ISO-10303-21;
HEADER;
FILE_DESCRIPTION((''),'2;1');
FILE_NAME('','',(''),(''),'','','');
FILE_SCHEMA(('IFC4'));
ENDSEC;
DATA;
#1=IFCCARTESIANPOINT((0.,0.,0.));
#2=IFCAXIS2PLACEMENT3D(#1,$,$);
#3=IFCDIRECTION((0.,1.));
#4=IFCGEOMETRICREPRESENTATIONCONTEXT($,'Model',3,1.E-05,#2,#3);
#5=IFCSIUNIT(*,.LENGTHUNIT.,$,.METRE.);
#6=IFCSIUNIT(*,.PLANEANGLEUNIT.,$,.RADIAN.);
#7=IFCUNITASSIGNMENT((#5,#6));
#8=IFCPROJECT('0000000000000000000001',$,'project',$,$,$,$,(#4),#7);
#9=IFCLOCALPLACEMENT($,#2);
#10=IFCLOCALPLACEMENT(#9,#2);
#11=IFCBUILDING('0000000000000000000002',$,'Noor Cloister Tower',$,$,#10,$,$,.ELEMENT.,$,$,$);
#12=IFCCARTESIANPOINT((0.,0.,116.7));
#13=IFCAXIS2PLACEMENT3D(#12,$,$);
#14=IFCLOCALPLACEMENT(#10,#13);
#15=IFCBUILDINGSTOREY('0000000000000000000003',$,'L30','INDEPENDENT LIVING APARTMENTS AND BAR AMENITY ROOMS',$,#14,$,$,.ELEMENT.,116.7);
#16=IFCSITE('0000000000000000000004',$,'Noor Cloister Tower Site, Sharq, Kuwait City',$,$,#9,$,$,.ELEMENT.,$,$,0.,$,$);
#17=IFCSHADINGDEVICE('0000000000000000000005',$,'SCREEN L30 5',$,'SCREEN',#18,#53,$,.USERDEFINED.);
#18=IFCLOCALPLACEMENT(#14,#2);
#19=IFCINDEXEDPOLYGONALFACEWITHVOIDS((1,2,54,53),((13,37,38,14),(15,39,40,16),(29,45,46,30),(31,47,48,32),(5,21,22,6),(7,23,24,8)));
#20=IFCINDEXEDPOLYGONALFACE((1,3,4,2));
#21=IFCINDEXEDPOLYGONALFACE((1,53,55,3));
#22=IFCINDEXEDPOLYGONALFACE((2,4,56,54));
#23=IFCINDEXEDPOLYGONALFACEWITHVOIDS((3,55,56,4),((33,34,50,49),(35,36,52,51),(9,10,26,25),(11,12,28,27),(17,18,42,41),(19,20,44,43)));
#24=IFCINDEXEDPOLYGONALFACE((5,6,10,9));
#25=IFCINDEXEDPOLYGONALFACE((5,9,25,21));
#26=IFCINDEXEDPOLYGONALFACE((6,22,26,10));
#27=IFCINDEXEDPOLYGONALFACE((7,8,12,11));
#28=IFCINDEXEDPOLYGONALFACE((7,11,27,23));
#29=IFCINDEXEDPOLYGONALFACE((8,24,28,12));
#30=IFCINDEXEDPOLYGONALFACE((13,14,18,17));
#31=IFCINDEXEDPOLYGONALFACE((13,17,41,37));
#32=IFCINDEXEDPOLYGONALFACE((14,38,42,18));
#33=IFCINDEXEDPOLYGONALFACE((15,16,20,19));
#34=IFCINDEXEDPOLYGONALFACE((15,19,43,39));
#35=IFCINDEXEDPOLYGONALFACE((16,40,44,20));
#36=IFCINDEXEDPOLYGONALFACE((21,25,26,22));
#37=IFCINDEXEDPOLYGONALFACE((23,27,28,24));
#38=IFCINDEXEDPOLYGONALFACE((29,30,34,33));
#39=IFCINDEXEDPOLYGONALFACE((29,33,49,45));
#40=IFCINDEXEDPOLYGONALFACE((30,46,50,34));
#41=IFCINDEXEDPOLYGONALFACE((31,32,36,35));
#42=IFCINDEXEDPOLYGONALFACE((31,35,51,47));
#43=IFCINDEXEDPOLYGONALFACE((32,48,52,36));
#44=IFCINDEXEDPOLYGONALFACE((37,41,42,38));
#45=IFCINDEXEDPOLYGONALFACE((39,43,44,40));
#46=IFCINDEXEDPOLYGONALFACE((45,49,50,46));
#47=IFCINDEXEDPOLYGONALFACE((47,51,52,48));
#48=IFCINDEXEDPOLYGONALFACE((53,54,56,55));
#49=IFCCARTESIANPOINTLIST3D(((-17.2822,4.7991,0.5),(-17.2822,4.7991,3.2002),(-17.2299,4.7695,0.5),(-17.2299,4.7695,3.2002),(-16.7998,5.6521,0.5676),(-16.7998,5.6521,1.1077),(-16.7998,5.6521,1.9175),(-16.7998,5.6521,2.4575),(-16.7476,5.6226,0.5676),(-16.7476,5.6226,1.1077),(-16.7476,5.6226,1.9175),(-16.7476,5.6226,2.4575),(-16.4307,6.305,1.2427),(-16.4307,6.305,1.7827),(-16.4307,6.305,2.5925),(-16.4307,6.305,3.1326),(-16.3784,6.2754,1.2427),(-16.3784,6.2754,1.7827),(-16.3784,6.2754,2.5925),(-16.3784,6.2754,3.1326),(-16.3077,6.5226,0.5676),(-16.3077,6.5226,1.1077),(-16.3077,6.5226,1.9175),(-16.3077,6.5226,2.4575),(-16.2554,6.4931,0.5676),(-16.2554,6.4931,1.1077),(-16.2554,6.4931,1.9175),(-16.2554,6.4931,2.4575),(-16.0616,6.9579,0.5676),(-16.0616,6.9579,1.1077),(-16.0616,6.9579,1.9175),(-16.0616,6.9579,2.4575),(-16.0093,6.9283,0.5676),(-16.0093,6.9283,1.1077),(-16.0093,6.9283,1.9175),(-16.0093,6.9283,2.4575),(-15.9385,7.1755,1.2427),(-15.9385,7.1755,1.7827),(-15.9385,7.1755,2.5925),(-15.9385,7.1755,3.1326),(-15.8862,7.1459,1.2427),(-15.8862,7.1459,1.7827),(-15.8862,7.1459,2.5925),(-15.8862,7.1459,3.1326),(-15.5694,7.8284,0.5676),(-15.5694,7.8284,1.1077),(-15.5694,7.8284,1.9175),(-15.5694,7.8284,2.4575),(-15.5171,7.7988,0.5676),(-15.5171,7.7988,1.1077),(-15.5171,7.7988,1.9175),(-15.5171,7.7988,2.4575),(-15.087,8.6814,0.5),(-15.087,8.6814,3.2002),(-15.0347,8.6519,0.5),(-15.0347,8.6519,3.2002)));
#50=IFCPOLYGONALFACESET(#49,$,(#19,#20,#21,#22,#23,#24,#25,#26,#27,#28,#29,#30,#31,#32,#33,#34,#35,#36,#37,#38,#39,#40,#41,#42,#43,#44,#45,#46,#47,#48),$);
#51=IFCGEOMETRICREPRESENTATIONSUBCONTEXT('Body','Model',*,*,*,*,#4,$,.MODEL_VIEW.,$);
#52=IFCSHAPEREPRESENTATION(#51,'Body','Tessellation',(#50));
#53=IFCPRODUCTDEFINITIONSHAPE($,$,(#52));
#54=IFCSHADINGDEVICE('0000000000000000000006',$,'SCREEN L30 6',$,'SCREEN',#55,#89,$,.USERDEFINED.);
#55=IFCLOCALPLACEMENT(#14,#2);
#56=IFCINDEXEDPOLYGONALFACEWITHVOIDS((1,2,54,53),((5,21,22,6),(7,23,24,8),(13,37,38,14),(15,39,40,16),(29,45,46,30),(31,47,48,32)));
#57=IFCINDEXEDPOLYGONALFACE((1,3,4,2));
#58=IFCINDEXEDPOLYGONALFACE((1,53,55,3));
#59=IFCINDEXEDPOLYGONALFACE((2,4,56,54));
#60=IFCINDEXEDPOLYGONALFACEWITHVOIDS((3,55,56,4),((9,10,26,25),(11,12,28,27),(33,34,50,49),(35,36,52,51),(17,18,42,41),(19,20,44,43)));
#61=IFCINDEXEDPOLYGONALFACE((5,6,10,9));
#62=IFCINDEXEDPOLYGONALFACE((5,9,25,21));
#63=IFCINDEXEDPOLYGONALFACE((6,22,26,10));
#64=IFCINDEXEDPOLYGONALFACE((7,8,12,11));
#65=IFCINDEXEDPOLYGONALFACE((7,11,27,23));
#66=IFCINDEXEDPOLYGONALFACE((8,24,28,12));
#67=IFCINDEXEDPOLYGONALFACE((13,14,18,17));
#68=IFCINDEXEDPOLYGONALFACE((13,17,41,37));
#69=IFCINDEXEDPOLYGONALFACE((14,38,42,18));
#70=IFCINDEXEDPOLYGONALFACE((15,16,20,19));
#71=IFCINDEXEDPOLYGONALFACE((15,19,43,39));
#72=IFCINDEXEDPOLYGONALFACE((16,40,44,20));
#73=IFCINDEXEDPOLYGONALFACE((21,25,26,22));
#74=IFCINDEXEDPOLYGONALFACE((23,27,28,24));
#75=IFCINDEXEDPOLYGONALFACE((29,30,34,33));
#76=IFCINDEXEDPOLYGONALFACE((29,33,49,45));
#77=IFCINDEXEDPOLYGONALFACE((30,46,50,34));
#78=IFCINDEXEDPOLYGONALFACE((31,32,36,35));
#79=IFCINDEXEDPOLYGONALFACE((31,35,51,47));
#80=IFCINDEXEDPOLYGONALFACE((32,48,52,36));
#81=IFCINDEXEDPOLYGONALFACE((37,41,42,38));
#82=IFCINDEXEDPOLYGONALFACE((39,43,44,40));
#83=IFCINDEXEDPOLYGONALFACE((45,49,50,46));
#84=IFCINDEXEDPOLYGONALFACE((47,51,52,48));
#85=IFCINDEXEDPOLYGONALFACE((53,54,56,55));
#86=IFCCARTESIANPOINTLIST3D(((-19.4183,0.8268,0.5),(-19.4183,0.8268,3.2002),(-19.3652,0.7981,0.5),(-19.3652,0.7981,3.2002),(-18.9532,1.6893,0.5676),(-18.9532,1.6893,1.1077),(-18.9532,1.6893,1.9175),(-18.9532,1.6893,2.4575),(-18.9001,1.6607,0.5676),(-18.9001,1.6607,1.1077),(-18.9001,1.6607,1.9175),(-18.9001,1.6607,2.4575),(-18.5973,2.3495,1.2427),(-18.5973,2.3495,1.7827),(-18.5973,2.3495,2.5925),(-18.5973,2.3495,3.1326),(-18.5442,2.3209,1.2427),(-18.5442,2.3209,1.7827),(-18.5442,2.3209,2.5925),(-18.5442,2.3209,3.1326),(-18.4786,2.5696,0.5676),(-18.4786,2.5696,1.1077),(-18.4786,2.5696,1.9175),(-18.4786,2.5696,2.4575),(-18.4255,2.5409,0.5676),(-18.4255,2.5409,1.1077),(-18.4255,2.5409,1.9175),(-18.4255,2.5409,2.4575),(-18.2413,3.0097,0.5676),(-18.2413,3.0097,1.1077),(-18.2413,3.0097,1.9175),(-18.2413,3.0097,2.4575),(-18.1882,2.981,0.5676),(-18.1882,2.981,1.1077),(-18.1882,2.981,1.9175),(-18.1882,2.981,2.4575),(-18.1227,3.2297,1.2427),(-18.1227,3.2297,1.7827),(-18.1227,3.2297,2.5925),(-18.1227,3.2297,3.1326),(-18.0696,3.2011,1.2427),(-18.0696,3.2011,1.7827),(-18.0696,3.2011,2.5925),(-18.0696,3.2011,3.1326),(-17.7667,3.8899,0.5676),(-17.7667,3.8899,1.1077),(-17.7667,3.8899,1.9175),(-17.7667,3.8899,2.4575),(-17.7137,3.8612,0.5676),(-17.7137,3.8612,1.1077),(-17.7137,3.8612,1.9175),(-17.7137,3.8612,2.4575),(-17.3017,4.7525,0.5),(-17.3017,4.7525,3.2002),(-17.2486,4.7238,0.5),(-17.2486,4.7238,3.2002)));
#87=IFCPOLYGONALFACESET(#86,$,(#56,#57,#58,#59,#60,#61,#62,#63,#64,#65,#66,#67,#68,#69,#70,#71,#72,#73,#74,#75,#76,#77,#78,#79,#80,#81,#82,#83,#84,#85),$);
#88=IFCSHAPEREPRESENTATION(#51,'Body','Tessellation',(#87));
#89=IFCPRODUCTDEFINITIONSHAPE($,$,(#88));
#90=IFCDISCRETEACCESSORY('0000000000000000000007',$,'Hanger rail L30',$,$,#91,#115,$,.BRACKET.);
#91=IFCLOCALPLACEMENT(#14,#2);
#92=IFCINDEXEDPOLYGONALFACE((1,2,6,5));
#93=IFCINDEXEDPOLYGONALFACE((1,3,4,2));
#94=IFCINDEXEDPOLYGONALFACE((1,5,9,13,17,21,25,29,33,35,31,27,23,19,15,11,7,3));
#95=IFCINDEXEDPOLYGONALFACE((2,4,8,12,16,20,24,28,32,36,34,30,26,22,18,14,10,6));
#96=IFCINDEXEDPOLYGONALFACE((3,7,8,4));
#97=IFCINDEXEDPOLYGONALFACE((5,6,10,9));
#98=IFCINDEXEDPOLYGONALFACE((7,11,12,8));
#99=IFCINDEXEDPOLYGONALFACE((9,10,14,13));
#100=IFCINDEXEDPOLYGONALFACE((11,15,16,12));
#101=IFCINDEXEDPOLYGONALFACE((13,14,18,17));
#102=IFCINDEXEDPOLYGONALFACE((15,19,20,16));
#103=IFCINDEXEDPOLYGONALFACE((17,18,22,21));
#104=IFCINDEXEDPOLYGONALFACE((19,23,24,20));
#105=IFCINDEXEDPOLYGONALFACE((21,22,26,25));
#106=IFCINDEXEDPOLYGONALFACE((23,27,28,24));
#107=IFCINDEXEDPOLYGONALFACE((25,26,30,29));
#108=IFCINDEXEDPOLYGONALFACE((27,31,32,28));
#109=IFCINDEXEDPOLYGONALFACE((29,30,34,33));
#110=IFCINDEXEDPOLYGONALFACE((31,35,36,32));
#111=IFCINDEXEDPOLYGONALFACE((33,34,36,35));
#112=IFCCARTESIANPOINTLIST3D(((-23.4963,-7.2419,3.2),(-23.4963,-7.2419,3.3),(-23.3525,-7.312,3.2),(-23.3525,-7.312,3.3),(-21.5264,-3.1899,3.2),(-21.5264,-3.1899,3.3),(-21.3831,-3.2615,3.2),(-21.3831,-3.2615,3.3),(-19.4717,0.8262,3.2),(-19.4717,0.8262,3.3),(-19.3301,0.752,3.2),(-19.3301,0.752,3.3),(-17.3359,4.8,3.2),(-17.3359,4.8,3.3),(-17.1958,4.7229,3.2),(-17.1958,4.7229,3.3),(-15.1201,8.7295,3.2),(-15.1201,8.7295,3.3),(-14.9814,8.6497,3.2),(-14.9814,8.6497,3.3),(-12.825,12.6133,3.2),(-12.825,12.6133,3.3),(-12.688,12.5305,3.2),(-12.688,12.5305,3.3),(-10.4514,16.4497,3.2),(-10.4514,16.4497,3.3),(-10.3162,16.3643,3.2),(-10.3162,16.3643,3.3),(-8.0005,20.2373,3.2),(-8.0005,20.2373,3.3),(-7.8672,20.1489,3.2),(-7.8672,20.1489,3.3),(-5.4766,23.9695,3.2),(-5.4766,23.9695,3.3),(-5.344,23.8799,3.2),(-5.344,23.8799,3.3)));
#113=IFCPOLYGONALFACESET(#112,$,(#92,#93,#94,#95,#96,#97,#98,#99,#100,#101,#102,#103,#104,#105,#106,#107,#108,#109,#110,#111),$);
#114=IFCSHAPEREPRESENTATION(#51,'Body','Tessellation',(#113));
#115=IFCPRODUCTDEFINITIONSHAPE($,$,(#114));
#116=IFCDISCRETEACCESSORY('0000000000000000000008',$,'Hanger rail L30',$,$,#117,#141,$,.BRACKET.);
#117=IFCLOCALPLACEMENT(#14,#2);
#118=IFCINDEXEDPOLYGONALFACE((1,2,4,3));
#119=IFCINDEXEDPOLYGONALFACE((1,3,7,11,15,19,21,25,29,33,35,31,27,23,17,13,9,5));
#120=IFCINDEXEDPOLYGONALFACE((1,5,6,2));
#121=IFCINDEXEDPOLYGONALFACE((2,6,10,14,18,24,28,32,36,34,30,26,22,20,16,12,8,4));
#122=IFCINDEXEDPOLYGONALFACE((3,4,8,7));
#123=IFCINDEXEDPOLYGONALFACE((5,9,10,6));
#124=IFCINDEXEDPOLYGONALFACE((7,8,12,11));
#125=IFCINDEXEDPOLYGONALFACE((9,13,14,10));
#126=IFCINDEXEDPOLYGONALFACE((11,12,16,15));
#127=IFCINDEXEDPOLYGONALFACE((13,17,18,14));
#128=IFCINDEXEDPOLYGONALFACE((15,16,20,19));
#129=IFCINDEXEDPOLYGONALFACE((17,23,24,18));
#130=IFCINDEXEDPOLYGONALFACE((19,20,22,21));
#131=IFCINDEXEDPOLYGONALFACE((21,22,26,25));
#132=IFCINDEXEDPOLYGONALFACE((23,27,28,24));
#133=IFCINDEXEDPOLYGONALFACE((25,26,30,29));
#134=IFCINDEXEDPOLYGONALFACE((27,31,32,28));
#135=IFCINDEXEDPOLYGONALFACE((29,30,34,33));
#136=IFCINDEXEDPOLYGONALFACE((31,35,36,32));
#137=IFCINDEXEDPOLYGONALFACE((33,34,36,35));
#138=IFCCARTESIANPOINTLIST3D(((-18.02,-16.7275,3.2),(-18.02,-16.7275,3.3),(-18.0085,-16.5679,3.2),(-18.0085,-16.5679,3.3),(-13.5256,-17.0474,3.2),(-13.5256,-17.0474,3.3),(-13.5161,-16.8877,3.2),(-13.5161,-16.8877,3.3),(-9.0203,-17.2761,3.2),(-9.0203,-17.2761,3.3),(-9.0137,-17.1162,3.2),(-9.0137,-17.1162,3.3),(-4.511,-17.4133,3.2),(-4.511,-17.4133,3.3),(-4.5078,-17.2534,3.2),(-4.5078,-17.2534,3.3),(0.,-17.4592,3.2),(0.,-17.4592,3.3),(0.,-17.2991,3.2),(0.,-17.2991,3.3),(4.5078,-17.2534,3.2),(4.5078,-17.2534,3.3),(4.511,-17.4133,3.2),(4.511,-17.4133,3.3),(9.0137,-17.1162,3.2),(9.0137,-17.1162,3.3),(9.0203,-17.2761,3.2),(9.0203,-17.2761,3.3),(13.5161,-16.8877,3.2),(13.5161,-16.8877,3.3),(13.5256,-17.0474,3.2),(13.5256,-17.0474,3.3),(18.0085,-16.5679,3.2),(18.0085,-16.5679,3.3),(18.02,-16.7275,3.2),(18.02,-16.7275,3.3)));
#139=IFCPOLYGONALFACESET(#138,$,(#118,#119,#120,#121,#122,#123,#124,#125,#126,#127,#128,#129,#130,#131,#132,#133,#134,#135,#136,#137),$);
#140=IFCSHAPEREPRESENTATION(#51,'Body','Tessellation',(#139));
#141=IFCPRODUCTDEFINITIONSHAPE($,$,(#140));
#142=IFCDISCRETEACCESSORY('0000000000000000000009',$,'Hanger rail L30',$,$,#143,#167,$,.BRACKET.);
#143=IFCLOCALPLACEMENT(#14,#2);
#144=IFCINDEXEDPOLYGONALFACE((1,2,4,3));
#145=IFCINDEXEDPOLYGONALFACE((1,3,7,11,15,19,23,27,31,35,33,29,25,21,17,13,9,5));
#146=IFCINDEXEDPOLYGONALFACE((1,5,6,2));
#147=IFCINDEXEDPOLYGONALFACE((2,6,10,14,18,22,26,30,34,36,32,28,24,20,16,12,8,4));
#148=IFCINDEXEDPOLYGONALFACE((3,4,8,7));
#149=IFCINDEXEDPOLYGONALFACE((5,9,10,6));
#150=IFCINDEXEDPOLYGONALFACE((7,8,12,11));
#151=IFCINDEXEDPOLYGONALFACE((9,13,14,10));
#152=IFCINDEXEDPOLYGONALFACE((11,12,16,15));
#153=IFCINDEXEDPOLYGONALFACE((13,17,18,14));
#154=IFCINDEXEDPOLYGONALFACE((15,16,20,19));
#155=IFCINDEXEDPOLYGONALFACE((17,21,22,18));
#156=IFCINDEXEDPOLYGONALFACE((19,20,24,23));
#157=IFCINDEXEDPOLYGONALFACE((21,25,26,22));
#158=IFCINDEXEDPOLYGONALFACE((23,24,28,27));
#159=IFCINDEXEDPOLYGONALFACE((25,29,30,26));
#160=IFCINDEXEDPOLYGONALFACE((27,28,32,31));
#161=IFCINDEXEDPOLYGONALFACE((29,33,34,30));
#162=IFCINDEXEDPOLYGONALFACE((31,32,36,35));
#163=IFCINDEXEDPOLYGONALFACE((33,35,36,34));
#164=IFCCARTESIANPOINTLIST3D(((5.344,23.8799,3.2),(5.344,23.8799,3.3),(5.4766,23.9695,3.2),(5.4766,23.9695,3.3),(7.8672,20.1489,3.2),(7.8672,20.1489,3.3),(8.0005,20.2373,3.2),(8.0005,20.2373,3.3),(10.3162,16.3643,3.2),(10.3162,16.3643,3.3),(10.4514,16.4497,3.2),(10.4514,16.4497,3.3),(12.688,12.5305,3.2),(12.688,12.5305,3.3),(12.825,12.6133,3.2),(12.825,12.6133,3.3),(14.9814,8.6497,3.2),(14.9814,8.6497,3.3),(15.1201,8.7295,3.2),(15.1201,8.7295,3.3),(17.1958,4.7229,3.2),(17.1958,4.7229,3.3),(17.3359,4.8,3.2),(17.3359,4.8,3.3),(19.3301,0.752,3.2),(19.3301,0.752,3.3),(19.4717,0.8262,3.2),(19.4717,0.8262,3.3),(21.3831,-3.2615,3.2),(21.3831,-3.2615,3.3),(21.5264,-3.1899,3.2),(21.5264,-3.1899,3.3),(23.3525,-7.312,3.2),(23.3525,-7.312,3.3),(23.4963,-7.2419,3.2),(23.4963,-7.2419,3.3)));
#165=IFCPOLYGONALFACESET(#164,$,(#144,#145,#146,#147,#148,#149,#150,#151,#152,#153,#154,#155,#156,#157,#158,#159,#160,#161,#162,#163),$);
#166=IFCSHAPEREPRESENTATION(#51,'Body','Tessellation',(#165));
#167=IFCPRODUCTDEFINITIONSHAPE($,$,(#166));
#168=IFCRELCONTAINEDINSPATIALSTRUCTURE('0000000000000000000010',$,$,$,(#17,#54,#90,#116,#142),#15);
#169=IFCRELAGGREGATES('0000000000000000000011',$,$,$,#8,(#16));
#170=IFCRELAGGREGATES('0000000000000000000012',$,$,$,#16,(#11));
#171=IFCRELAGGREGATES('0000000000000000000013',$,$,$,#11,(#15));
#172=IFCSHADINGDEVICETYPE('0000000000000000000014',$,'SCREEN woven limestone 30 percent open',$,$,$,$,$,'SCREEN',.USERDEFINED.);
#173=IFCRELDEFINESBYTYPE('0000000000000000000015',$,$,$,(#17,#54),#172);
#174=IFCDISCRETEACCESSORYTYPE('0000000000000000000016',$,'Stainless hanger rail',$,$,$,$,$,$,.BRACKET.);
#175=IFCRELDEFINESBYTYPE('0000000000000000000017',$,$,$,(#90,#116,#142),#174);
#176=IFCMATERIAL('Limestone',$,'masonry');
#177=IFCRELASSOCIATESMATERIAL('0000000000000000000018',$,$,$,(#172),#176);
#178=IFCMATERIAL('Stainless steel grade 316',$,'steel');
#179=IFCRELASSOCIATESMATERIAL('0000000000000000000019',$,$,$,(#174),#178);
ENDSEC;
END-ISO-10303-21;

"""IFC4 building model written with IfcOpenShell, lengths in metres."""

from ifc_helpers import new_model, si_unit, direction, frame, origin, place, context, subcontext, project, spatial, polyline, outline, extrude, material, material_profile, profile_set, type_object, element, save


model = new_model("IFC4")

# Units and contexts
model_context = context("Model", 3, precision=1e-05, world=origin(), true_north=direction((0.0, 1.0)))
body_context = subcontext(model_context, "Body", "Model", "MODEL_VIEW")
ifc_project = project(units=[si_unit("LENGTHUNIT", "METRE"), si_unit("PLANEANGLEUNIT", "RADIAN")], contexts=[model_context])

# Site, building, storey
site_placement = place(None, origin())
site = spatial("IfcSite", under=ifc_project, at=site_placement, Name="Noor Cloister Tower Site, Sharq, Kuwait City", CompositionType="ELEMENT", RefElevation=0.0)
building_placement = place(site_placement, origin())
building = spatial("IfcBuilding", under=site, at=building_placement, Name="Noor Cloister Tower", CompositionType="ELEMENT")
storey_placement = place(building_placement, frame((0.0, 0.0, 116.7)))
storey = spatial("IfcBuildingStorey", under=building, at=storey_placement, Name="L30", Description="INDEPENDENT LIVING APARTMENTS AND BAR AMENITY ROOMS", CompositionType="ELEMENT", Elevation=116.7)

# Shading devices
ifc_material_1 = material(Name="Limestone", Category="masonry")
ifc_material_profile_1 = material_profile(ifc_material_1, outline(polyline([(-2.23, -1.3501), (2.23, -1.3501), (2.23, 1.3501), (-2.23, 1.3501), (-2.23, -1.3501)]), holes=[polyline([(-1.25, -1.2825), (-0.25, -1.2825), (-0.25, -0.7424), (-1.25, -0.7424), (-1.25, -1.2825)]), polyline([(0.25, -1.2825), (1.25, -1.2825), (1.25, -0.7424), (0.25, -0.7424), (0.25, -1.2825)]), polyline([(-0.5, -0.6074), (0.5, -0.6074), (0.5, -0.0674), (-0.5, -0.0674), (-0.5, -0.6074)]), polyline([(-1.25, 0.0674), (-0.25, 0.0674), (-0.25, 0.6074), (-1.25, 0.6074), (-1.25, 0.0674)]), polyline([(0.25, 0.0674), (1.25, 0.0674), (1.25, 0.6074), (0.25, 0.6074), (0.25, 0.0674)]), polyline([(-0.5, 0.7424), (0.5, 0.7424), (0.5, 1.2825), (-0.5, 1.2825), (-0.5, 0.7424)])]), Name="Woven screen 30 percent open")
ifc_profile_set_1 = profile_set([ifc_material_profile_1], Name="Limestone")
shading_device_type = type_object("IfcShadingDeviceType", Name="SCREEN woven limestone 30 percent open", ElementType="SCREEN", PredefinedType="USERDEFINED", material=ifc_profile_set_1)
shading_device_1_placement = place(storey_placement, frame((-16.1323, 6.7107, 1.8501), z_axis=(-0.870487, 0.492191, 0.0), x_axis=(-0.492191, -0.870487, 0.0)))
element("IfcShadingDevice", 1, at=shading_device_1_placement, inside=storey, type_object=shading_device_type, Name="SCREEN L30 5", ObjectType="SCREEN", PredefinedType="USERDEFINED", context=body_context, shape_type="SweptSolid", body=[
    extrude(outline(polyline([(-2.23, -1.3501), (2.23, -1.3501), (2.23, 1.3501), (-2.23, 1.3501), (-2.23, -1.3501)]), holes=[polyline([(-1.25, -1.2825), (-0.25, -1.2825), (-0.25, -0.7424), (-1.25, -0.7424), (-1.25, -1.2825)]), polyline([(0.25, -1.2825), (1.25, -1.2825), (1.25, -0.7424), (0.25, -0.7424), (0.25, -1.2825)]), polyline([(-0.5, -0.6074), (0.5, -0.6074), (0.5, -0.0674), (-0.5, -0.0674), (-0.5, -0.6074)]), polyline([(-1.25, 0.0674), (-0.25, 0.0674), (-0.25, 0.6074), (-1.25, 0.6074), (-1.25, 0.0674)]), polyline([(0.25, 0.0674), (1.25, 0.0674), (1.25, 0.6074), (0.25, 0.6074), (0.25, 0.0674)]), polyline([(-0.5, 0.7424), (0.5, 0.7424), (0.5, 1.2825), (-0.5, 1.2825), (-0.5, 0.7424)])]), origin(), (0.0, 0.0, 1.0), 0.0601),
])
shading_device_2_placement = place(storey_placement, frame((-18.3069, 2.761, 1.8501), z_axis=(-0.88021, 0.474584, 0.0), x_axis=(-0.474584, -0.88021, 0.0)))
element("IfcShadingDevice", 2, at=shading_device_2_placement, inside=storey, type_object=shading_device_type, Name="SCREEN L30 6", ObjectType="SCREEN", PredefinedType="USERDEFINED", context=body_context, shape_type="SweptSolid", body=[
    extrude(outline(polyline([(-2.23, -1.3501), (2.23, -1.3501), (2.23, 1.3501), (-2.23, 1.3501), (-2.23, -1.3501)]), holes=[polyline([(-1.25, -1.2825), (-0.25, -1.2825), (-0.25, -0.7424), (-1.25, -0.7424), (-1.25, -1.2825)]), polyline([(0.25, -1.2825), (1.25, -1.2825), (1.25, -0.7424), (0.25, -0.7424), (0.25, -1.2825)]), polyline([(-0.5, -0.6074), (0.5, -0.6074), (0.5, -0.0674), (-0.5, -0.0674), (-0.5, -0.6074)]), polyline([(-1.25, 0.0674), (-0.25, 0.0674), (-0.25, 0.6074), (-1.25, 0.6074), (-1.25, 0.0674)]), polyline([(0.25, 0.0674), (1.25, 0.0674), (1.25, 0.6074), (0.25, 0.6074), (0.25, 0.0674)]), polyline([(-0.5, 0.7424), (0.5, 0.7424), (0.5, 1.2825), (-0.5, 1.2825), (-0.5, 0.7424)])]), origin(), (0.0, 0.0, 1.0), 0.0603),
])

# Discrete accessories
ifc_material_2 = material(Name="Stainless steel grade 316", Category="steel")
discrete_accessory_type = type_object("IfcDiscreteAccessoryType", Name="Stainless hanger rail", PredefinedType="BRACKET", material=ifc_material_2)
discrete_accessory_1_placement = place(storey_placement, frame((0.0, 0.0, 3.2)))
element("IfcDiscreteAccessory", 3, at=discrete_accessory_1_placement, inside=storey, type_object=discrete_accessory_type, Name="Hanger rail L30", PredefinedType="BRACKET", context=body_context, shape_type="SweptSolid", body=[
    extrude(outline(polyline([(-5.4766, 23.9695), (-8.0005, 20.2373), (-10.4514, 16.4497), (-12.825, 12.6133), (-15.1201, 8.7295), (-17.3359, 4.8), (-19.4717, 0.8262), (-21.5264, -3.1899), (-23.4963, -7.2419), (-23.3525, -7.312), (-21.3831, -3.2615), (-19.3301, 0.752), (-17.1958, 4.7229), (-14.9814, 8.6497), (-12.688, 12.5305), (-10.3162, 16.3643), (-7.8672, 20.1489), (-5.344, 23.8799), (-5.4766, 23.9695)])), origin(), (0.0, 0.0, 1.0), 0.1001),
])
discrete_accessory_2_placement = place(storey_placement, frame((0.0, 0.0, 3.2)))
element("IfcDiscreteAccessory", 4, at=discrete_accessory_2_placement, inside=storey, type_object=discrete_accessory_type, Name="Hanger rail L30", PredefinedType="BRACKET", context=body_context, shape_type="SweptSolid", body=[
    extrude(outline(polyline([(-18.02, -16.7275), (-13.5256, -17.0474), (-9.0203, -17.2761), (-4.511, -17.4133), (0.0, -17.4592), (4.511, -17.4133), (9.0203, -17.2761), (13.5256, -17.0474), (18.02, -16.7275), (18.0085, -16.5679), (13.5161, -16.8877), (9.0137, -17.1162), (4.5078, -17.2534), (0.0, -17.2991), (-4.5078, -17.2534), (-9.0137, -17.1162), (-13.5161, -16.8877), (-18.0085, -16.5679), (-18.02, -16.7275)])), origin(), (0.0, 0.0, 1.0), 0.1001),
])
discrete_accessory_3_placement = place(storey_placement, frame((0.0, 0.0, 3.2)))
element("IfcDiscreteAccessory", 5, at=discrete_accessory_3_placement, inside=storey, type_object=discrete_accessory_type, Name="Hanger rail L30", PredefinedType="BRACKET", context=body_context, shape_type="SweptSolid", body=[
    extrude(outline(polyline([(23.4963, -7.2419), (21.5264, -3.1899), (19.4717, 0.8262), (17.3359, 4.8), (15.1201, 8.7295), (12.825, 12.6133), (10.4514, 16.4497), (8.0005, 20.2373), (5.4766, 23.9695), (5.344, 23.8799), (7.8672, 20.1489), (10.3162, 16.3643), (12.688, 12.5305), (14.9814, 8.6497), (17.1958, 4.7229), (19.3301, 0.752), (21.3831, -3.2615), (23.3525, -7.312), (23.4963, -7.2419)])), origin(), (0.0, 0.0, 1.0), 0.1001),
])

save(model, "model.ifc")
